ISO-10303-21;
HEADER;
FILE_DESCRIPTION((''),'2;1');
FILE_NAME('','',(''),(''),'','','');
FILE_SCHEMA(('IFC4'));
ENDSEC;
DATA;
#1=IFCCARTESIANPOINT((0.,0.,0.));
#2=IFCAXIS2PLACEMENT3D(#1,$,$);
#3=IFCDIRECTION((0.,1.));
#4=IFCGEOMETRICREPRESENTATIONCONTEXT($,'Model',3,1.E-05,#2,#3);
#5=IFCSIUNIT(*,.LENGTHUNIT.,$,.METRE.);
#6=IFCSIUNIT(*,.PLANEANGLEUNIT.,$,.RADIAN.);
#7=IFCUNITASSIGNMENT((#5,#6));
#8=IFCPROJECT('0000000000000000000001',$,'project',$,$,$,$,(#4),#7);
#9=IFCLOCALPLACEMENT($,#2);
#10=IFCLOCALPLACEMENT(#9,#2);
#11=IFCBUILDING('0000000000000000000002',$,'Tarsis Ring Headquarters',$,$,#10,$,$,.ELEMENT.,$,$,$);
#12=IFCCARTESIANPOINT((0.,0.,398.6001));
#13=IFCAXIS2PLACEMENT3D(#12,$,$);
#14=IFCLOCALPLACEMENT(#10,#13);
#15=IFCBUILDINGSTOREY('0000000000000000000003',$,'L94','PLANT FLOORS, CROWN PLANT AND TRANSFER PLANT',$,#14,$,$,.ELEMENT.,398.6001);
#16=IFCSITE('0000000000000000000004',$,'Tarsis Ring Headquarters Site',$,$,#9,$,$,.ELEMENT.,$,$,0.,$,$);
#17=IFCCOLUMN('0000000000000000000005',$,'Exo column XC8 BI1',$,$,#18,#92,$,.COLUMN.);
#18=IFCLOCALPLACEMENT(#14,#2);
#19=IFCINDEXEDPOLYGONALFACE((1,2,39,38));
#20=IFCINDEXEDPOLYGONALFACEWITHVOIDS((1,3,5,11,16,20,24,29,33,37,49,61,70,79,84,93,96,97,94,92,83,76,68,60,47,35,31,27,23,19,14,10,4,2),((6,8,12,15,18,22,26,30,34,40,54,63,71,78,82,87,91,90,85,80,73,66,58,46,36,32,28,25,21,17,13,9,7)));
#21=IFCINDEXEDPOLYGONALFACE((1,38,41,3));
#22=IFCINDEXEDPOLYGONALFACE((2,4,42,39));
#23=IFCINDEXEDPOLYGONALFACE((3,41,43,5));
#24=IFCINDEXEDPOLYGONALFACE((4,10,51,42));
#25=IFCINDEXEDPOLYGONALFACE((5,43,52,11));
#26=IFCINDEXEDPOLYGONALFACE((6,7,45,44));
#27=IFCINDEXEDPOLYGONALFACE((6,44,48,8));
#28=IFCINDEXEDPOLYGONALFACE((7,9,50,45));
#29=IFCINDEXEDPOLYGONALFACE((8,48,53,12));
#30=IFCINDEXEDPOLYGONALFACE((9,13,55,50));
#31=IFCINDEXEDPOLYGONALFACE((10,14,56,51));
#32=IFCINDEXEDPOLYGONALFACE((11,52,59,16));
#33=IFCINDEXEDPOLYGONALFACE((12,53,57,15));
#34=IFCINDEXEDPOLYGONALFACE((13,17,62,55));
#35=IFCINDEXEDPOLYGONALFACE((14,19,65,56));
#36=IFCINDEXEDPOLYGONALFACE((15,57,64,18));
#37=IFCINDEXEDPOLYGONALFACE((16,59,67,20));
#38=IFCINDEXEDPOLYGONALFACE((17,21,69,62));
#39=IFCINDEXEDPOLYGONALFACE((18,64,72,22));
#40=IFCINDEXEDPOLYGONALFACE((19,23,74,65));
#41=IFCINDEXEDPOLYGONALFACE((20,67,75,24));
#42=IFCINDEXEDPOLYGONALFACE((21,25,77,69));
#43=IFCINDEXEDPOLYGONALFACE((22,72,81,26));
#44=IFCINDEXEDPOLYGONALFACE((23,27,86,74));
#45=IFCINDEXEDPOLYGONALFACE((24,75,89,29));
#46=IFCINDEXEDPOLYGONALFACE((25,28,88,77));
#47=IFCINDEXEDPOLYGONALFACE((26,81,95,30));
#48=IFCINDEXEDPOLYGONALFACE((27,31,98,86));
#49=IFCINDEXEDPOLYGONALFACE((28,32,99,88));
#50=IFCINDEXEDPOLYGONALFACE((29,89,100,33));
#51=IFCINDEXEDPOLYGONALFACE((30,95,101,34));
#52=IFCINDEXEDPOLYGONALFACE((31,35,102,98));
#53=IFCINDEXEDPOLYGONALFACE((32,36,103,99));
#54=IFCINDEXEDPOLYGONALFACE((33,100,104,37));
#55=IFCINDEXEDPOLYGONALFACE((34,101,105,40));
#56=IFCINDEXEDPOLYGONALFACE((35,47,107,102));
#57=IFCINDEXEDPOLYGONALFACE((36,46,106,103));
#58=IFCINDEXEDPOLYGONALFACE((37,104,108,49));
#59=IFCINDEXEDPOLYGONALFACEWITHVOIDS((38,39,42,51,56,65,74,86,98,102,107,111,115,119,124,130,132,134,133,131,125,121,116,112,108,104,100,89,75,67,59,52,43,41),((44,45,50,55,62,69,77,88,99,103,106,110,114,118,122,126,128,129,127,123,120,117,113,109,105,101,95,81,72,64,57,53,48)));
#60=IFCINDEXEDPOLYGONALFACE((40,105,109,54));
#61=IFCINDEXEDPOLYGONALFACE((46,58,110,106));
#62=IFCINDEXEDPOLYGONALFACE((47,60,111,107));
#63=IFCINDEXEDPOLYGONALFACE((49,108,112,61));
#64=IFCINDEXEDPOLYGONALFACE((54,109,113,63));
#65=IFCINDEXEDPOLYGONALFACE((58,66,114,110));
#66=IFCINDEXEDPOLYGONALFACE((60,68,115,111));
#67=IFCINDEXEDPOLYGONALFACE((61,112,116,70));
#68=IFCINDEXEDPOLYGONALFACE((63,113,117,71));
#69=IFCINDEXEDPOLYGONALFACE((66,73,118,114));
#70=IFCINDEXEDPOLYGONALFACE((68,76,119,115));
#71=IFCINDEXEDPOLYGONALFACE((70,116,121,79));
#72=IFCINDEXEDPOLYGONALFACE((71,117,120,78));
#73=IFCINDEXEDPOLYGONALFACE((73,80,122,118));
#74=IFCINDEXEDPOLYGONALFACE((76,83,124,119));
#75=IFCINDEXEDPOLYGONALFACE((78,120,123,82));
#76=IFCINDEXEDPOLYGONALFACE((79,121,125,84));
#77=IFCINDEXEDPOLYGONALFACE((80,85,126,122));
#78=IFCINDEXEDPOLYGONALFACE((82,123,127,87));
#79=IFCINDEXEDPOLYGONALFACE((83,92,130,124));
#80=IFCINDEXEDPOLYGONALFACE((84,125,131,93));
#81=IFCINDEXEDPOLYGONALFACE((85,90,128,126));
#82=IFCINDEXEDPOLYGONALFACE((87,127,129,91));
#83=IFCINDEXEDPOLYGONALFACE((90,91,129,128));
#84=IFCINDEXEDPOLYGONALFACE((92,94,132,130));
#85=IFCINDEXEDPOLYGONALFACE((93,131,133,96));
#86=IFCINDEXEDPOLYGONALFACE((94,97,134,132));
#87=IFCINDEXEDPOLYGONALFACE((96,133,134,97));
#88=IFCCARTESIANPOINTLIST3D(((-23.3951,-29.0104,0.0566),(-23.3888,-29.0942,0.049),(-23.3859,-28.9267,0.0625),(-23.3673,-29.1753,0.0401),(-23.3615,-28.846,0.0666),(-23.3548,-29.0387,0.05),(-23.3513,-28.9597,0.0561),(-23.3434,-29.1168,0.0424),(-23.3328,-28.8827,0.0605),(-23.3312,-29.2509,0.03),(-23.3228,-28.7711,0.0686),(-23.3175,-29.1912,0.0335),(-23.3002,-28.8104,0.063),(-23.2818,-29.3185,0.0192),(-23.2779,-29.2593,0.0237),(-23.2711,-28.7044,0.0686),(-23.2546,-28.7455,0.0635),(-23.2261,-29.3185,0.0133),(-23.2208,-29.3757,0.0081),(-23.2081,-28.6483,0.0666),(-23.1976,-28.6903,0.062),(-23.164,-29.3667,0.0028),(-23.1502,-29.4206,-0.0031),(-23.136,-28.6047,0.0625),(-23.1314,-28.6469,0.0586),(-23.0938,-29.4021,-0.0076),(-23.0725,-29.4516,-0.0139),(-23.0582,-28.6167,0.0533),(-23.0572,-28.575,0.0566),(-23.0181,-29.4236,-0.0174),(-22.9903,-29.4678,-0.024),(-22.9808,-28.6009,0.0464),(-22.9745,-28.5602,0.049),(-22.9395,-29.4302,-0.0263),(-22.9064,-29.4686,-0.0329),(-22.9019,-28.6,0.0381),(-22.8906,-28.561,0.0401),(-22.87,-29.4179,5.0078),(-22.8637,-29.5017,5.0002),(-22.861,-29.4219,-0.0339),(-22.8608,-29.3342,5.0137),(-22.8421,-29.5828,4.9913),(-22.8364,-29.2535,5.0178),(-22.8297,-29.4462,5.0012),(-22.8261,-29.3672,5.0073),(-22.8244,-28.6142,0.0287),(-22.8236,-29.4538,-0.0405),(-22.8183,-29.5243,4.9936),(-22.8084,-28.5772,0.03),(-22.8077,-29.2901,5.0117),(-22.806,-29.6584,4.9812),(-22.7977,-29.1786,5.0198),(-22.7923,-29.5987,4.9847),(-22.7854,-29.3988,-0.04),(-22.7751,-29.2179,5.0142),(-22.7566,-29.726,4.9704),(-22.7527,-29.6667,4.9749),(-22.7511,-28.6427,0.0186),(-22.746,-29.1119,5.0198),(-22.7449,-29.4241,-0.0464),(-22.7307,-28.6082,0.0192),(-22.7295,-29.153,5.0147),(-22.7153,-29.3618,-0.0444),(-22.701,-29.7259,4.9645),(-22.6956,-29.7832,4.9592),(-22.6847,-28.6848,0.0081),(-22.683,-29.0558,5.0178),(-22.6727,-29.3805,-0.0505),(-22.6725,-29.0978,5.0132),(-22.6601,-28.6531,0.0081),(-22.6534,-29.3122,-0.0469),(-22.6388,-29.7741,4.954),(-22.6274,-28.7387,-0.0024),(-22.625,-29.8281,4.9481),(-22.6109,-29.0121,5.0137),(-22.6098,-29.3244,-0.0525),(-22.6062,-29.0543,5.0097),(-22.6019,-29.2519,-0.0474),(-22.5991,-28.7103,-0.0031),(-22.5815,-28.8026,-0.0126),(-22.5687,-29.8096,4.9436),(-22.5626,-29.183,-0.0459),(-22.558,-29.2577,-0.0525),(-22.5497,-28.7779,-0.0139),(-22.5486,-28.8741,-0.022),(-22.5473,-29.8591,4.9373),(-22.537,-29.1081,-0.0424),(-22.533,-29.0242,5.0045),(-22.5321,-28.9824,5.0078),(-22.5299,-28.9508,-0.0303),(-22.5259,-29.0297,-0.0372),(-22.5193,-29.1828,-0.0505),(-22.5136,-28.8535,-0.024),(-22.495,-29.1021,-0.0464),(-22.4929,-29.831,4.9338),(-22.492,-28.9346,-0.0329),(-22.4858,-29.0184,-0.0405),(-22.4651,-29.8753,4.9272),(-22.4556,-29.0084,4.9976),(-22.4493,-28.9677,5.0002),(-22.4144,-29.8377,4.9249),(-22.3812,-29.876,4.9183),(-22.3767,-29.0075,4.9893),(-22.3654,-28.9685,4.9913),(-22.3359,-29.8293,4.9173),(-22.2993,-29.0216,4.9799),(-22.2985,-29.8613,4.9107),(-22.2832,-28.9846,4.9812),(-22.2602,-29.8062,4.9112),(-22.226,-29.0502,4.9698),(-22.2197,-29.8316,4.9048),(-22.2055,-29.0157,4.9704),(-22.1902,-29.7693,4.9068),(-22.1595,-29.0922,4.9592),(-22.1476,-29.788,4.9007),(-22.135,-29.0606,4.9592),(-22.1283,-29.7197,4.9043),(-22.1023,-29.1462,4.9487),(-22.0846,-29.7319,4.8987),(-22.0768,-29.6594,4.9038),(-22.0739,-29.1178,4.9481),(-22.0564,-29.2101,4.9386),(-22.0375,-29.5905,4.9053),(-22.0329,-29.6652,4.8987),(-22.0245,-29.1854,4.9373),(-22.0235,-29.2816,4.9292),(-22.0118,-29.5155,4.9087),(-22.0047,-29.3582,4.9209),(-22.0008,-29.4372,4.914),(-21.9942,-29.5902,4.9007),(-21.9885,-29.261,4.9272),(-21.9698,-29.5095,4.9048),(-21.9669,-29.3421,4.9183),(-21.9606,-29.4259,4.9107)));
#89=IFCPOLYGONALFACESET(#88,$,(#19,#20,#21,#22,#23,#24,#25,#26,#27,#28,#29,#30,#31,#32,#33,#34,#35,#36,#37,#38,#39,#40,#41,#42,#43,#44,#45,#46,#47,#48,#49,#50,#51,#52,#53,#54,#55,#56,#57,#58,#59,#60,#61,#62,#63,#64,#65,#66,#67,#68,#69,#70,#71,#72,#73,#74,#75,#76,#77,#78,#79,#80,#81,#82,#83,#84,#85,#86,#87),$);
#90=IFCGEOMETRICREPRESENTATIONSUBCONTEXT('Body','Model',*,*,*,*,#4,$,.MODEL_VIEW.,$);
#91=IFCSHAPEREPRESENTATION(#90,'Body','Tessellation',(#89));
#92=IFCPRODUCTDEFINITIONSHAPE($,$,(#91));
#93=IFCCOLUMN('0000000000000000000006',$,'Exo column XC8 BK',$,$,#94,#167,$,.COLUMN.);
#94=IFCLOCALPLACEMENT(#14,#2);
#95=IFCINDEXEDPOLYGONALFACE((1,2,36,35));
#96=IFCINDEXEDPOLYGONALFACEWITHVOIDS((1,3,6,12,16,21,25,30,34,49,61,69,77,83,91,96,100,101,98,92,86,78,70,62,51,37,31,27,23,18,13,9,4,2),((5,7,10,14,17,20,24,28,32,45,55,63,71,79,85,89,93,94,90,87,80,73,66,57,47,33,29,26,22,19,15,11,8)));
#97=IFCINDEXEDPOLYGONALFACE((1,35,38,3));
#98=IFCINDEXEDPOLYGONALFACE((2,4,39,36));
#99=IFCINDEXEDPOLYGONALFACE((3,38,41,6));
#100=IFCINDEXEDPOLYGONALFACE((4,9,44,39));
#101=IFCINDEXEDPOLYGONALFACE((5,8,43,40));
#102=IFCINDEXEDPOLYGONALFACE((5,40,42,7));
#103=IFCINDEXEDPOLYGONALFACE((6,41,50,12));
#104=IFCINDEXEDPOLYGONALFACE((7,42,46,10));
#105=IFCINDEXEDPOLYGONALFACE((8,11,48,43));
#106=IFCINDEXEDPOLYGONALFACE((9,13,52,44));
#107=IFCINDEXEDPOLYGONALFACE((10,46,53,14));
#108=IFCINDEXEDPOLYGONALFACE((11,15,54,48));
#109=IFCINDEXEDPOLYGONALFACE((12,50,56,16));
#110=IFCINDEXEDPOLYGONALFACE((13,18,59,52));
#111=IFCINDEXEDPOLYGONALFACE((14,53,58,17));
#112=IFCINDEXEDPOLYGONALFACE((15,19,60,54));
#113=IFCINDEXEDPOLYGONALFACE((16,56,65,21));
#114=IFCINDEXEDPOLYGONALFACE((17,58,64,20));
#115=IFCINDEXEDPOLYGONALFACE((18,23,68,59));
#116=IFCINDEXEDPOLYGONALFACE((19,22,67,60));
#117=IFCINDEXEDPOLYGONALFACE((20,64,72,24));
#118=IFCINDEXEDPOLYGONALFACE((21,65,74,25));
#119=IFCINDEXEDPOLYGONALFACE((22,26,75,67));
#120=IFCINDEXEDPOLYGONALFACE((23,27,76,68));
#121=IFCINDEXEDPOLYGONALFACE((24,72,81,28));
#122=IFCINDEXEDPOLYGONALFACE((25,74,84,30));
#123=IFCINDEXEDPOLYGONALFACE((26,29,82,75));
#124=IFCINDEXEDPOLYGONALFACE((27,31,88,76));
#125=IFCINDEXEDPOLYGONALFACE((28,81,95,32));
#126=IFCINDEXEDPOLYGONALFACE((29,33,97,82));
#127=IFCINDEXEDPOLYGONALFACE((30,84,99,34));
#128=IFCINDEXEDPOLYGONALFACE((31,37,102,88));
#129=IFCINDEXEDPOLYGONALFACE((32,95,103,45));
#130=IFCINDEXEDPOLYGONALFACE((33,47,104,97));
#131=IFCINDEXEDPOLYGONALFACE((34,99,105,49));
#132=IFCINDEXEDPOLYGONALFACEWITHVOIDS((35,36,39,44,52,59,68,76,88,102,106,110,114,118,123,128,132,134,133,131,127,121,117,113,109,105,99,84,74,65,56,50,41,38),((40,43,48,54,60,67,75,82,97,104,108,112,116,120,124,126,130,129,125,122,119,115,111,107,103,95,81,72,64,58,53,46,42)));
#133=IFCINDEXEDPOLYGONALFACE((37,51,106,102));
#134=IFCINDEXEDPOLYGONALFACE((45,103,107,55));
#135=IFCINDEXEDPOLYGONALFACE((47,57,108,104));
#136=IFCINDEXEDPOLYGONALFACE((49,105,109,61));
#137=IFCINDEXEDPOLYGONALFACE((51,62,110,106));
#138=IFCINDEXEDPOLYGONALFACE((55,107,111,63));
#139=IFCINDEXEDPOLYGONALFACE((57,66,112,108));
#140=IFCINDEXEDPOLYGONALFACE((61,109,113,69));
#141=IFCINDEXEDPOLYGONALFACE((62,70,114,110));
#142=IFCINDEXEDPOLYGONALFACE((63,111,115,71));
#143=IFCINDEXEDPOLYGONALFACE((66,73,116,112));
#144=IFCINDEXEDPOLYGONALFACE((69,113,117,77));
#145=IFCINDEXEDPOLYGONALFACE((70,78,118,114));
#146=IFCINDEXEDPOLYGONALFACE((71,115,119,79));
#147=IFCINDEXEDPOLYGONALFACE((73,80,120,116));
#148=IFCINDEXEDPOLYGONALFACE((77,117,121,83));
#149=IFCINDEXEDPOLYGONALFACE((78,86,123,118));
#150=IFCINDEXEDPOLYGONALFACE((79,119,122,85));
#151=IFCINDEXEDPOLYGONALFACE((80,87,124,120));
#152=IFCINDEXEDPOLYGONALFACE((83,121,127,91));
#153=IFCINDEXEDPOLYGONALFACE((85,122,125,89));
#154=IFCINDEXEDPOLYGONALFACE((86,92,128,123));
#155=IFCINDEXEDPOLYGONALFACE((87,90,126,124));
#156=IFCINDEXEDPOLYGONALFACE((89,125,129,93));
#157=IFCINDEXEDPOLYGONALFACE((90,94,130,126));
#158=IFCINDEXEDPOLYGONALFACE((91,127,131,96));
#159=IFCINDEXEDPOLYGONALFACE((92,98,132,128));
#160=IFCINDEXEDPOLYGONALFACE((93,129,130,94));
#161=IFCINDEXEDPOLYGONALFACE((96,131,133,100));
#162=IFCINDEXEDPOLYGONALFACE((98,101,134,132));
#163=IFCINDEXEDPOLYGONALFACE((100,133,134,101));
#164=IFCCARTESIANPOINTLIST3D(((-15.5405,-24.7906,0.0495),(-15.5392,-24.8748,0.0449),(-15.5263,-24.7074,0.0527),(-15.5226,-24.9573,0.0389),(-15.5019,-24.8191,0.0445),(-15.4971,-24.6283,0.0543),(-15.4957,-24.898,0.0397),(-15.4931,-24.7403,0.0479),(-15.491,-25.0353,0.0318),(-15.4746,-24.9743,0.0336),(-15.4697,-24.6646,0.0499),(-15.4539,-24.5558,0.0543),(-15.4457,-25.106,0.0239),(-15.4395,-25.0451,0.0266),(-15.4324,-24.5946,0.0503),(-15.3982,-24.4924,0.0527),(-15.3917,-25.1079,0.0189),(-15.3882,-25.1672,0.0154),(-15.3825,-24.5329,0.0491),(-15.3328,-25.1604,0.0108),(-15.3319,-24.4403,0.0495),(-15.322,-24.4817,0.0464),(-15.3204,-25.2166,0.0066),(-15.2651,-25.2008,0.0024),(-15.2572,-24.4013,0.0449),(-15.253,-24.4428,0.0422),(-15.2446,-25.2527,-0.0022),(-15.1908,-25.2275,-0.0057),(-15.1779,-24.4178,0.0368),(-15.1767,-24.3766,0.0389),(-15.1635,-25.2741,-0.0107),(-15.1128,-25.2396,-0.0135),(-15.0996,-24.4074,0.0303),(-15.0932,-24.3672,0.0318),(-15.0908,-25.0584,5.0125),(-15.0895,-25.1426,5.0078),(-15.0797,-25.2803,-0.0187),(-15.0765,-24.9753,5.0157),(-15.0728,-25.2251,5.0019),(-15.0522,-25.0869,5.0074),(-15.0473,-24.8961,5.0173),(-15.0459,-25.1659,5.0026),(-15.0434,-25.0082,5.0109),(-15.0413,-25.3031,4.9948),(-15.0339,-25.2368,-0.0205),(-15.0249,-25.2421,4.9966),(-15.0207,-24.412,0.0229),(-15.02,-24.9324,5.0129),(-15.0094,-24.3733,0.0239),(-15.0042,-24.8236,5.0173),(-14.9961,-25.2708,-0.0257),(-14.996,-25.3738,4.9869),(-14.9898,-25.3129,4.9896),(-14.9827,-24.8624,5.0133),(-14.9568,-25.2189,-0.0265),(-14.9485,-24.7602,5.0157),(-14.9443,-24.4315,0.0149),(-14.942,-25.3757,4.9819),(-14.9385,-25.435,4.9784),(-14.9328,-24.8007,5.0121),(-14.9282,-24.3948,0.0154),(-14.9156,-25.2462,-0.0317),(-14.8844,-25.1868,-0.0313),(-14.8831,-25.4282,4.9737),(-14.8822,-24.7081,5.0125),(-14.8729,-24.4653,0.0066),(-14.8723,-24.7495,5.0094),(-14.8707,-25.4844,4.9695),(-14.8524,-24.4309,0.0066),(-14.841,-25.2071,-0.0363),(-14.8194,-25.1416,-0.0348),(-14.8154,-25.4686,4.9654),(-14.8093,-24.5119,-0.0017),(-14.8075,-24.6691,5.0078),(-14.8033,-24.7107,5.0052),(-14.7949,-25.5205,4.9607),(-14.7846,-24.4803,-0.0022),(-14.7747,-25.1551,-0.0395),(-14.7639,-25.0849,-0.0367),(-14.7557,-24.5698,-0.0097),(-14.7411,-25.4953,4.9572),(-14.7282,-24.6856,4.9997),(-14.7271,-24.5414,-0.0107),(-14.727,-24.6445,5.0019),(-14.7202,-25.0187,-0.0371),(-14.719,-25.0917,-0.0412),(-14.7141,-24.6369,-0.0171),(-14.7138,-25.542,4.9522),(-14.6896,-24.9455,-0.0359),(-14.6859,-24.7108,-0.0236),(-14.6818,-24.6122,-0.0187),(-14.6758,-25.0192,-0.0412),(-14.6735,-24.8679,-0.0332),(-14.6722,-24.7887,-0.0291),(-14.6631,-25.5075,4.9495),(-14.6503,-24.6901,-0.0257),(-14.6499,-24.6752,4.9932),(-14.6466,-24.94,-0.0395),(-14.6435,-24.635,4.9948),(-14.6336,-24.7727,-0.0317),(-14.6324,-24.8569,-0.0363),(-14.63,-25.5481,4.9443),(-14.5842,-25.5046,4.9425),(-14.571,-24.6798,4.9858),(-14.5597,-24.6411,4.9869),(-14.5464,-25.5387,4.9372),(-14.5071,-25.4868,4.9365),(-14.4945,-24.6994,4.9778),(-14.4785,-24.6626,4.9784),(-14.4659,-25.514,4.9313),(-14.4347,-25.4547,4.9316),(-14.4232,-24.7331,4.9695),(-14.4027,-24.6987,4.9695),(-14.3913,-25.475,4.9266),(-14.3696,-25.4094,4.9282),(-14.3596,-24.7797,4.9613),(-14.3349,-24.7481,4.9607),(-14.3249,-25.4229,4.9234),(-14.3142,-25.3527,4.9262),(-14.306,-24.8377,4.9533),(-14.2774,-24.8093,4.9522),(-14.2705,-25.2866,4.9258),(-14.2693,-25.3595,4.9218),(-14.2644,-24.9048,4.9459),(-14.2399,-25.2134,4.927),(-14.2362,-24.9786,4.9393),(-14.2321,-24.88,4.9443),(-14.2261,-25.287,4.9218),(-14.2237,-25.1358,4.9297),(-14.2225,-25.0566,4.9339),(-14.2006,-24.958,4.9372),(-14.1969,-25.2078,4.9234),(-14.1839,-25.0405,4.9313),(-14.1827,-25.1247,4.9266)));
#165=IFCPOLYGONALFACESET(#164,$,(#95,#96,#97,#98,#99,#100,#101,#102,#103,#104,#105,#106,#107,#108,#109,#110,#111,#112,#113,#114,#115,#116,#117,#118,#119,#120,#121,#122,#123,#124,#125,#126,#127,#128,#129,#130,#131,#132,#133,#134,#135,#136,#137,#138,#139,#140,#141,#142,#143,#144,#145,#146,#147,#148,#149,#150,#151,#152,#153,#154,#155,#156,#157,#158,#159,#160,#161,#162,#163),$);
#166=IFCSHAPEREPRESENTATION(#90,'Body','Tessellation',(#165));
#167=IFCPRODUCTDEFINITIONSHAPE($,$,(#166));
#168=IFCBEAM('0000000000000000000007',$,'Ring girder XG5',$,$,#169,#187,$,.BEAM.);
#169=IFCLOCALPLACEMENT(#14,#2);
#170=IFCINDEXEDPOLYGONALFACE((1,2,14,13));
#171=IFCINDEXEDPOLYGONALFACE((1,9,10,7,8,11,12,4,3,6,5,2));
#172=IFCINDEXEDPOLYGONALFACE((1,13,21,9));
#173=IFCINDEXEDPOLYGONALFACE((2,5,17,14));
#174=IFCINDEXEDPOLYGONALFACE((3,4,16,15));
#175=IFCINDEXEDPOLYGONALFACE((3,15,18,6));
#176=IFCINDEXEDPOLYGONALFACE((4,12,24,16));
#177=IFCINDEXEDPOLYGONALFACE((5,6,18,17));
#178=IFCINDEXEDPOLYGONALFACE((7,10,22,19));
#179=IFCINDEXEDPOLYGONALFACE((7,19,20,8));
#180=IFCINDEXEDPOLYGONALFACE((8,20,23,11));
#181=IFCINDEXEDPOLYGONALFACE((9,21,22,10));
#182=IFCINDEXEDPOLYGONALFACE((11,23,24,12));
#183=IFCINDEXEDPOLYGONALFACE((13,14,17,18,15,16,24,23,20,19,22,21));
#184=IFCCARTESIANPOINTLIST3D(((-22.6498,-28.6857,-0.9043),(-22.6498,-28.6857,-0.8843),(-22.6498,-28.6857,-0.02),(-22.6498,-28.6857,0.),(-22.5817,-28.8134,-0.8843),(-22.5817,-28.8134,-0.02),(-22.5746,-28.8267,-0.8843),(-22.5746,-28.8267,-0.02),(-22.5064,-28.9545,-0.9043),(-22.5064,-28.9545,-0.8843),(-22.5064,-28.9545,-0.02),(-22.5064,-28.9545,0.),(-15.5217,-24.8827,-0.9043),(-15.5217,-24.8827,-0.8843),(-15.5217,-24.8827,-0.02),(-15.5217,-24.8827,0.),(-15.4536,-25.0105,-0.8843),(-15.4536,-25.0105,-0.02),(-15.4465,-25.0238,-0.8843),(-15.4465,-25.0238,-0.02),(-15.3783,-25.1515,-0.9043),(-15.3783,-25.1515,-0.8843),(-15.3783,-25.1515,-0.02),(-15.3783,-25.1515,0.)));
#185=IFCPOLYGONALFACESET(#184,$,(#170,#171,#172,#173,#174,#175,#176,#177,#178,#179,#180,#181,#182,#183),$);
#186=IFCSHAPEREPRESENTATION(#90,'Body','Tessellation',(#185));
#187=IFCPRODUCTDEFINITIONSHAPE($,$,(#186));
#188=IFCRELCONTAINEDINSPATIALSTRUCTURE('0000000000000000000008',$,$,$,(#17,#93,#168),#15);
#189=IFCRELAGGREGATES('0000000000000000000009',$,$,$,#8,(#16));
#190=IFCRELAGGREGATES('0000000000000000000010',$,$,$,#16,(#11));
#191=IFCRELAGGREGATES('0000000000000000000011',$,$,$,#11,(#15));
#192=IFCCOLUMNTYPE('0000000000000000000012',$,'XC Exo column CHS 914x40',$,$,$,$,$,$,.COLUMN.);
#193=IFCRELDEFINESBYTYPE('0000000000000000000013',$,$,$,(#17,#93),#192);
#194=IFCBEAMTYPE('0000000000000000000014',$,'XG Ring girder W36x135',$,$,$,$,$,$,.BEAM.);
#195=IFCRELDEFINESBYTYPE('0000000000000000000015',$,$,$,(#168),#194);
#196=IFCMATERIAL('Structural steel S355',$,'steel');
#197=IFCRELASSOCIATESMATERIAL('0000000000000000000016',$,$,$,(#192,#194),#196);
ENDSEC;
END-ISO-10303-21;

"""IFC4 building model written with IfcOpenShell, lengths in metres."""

from ifc_helpers import new_model, si_unit, direction, frame, origin, origin_2d, place, context, subcontext, project, spatial, hollow_circle, i_section, extrude, material, material_profile, profile_set, type_object, element, save


model = new_model("IFC4")

# Units and contexts
model_context = context("Model", 3, precision=1e-05, world=origin(), true_north=direction((0.0, 1.0)))
body_context = subcontext(model_context, "Body", "Model", "MODEL_VIEW")
ifc_project = project(units=[si_unit("LENGTHUNIT", "METRE"), si_unit("PLANEANGLEUNIT", "RADIAN")], contexts=[model_context])

# Site, building, storey
site_placement = place(None, origin())
site = spatial("IfcSite", under=ifc_project, at=site_placement, Name="Tarsis Ring Headquarters Site", CompositionType="ELEMENT", RefElevation=0.0)
building_placement = place(site_placement, origin())
building = spatial("IfcBuilding", under=site, at=building_placement, Name="Tarsis Ring Headquarters", CompositionType="ELEMENT")
storey_placement = place(building_placement, frame((0.0, 0.0, 398.6001)))
storey = spatial("IfcBuildingStorey", under=building, at=storey_placement, Name="L94", Description="PLANT FLOORS, CROWN PLANT AND TRANSFER PLANT", CompositionType="ELEMENT", Elevation=398.6001)

# Columns
ifc_material_1 = material(Name="Structural steel S355", Category="steel")
ifc_material_profile_1 = material_profile(ifc_material_1, hollow_circle(Radius=0.457, WallThickness=0.04, at=origin_2d()), Name="CHS 914x40")
ifc_profile_set_1 = profile_set([ifc_material_profile_1], Name="Structural steel S355")
column_type = type_object("IfcColumnType", Name="XC Exo column CHS 914x40", PredefinedType="COLUMN", material=ifc_profile_set_1)
column_1_placement = place(storey_placement, frame((-22.9404, -29.0144, 0.0081), z_axis=(0.105122, -0.081566, 0.991109), x_axis=(0.613025, 0.790064, 0.0)))
element("IfcColumn", 1, at=column_1_placement, inside=storey, type_object=column_type, Name="Exo column XC8 BI1", PredefinedType="COLUMN", context=body_context, shape_type="SweptSolid", body=[
    extrude(hollow_circle(Radius=0.4573, WallThickness=0.04, at=origin_2d()), origin(), (0.0, 0.0, 1.0), 4.9956),
])
column_2_placement = place(storey_placement, frame((-15.0864, -24.8237, 0.0066), z_axis=(0.090114, -0.053667, 0.994484), x_axis=(0.511681, 0.859176, 0.0)))
element("IfcColumn", 2, at=column_2_placement, inside=storey, type_object=column_type, Name="Exo column XC8 BK", PredefinedType="COLUMN", context=body_context, shape_type="SweptSolid", body=[
    extrude(hollow_circle(Radius=0.4573, WallThickness=0.04, at=origin_2d()), origin(), (0.0, 0.0, 1.0), 4.9905),
])

# Beam
ifc_material_profile_2 = material_profile(ifc_material_1, i_section(OverallWidth=0.3047, OverallDepth=0.9043, WebThickness=0.0151, FlangeThickness=0.02, at=origin_2d()), Name="W36x135")
ifc_profile_set_2 = profile_set([ifc_material_profile_2], Name="Structural steel S355")
beam_type = type_object("IfcBeamType", Name="XG Ring girder W36x135", PredefinedType="BEAM", material=ifc_profile_set_2)
beam_1_placement = place(storey_placement, frame((-22.5781, -28.8201, -0.4521), z_axis=(0.882287, 0.470712, 0.0), x_axis=(-0.470712, 0.882287, 0.0)))
element("IfcBeam", 3, at=beam_1_placement, inside=storey, type_object=beam_type, Name="Ring girder XG5", PredefinedType="BEAM", context=body_context, shape_type="SweptSolid", body=[
    extrude(i_section(OverallWidth=0.3047, OverallDepth=0.9043, WebThickness=0.0151, FlangeThickness=0.02, at=origin_2d()), origin(), (0.0, 0.0, 1.0), 8.0791),
])

save(model, "model.ifc")
